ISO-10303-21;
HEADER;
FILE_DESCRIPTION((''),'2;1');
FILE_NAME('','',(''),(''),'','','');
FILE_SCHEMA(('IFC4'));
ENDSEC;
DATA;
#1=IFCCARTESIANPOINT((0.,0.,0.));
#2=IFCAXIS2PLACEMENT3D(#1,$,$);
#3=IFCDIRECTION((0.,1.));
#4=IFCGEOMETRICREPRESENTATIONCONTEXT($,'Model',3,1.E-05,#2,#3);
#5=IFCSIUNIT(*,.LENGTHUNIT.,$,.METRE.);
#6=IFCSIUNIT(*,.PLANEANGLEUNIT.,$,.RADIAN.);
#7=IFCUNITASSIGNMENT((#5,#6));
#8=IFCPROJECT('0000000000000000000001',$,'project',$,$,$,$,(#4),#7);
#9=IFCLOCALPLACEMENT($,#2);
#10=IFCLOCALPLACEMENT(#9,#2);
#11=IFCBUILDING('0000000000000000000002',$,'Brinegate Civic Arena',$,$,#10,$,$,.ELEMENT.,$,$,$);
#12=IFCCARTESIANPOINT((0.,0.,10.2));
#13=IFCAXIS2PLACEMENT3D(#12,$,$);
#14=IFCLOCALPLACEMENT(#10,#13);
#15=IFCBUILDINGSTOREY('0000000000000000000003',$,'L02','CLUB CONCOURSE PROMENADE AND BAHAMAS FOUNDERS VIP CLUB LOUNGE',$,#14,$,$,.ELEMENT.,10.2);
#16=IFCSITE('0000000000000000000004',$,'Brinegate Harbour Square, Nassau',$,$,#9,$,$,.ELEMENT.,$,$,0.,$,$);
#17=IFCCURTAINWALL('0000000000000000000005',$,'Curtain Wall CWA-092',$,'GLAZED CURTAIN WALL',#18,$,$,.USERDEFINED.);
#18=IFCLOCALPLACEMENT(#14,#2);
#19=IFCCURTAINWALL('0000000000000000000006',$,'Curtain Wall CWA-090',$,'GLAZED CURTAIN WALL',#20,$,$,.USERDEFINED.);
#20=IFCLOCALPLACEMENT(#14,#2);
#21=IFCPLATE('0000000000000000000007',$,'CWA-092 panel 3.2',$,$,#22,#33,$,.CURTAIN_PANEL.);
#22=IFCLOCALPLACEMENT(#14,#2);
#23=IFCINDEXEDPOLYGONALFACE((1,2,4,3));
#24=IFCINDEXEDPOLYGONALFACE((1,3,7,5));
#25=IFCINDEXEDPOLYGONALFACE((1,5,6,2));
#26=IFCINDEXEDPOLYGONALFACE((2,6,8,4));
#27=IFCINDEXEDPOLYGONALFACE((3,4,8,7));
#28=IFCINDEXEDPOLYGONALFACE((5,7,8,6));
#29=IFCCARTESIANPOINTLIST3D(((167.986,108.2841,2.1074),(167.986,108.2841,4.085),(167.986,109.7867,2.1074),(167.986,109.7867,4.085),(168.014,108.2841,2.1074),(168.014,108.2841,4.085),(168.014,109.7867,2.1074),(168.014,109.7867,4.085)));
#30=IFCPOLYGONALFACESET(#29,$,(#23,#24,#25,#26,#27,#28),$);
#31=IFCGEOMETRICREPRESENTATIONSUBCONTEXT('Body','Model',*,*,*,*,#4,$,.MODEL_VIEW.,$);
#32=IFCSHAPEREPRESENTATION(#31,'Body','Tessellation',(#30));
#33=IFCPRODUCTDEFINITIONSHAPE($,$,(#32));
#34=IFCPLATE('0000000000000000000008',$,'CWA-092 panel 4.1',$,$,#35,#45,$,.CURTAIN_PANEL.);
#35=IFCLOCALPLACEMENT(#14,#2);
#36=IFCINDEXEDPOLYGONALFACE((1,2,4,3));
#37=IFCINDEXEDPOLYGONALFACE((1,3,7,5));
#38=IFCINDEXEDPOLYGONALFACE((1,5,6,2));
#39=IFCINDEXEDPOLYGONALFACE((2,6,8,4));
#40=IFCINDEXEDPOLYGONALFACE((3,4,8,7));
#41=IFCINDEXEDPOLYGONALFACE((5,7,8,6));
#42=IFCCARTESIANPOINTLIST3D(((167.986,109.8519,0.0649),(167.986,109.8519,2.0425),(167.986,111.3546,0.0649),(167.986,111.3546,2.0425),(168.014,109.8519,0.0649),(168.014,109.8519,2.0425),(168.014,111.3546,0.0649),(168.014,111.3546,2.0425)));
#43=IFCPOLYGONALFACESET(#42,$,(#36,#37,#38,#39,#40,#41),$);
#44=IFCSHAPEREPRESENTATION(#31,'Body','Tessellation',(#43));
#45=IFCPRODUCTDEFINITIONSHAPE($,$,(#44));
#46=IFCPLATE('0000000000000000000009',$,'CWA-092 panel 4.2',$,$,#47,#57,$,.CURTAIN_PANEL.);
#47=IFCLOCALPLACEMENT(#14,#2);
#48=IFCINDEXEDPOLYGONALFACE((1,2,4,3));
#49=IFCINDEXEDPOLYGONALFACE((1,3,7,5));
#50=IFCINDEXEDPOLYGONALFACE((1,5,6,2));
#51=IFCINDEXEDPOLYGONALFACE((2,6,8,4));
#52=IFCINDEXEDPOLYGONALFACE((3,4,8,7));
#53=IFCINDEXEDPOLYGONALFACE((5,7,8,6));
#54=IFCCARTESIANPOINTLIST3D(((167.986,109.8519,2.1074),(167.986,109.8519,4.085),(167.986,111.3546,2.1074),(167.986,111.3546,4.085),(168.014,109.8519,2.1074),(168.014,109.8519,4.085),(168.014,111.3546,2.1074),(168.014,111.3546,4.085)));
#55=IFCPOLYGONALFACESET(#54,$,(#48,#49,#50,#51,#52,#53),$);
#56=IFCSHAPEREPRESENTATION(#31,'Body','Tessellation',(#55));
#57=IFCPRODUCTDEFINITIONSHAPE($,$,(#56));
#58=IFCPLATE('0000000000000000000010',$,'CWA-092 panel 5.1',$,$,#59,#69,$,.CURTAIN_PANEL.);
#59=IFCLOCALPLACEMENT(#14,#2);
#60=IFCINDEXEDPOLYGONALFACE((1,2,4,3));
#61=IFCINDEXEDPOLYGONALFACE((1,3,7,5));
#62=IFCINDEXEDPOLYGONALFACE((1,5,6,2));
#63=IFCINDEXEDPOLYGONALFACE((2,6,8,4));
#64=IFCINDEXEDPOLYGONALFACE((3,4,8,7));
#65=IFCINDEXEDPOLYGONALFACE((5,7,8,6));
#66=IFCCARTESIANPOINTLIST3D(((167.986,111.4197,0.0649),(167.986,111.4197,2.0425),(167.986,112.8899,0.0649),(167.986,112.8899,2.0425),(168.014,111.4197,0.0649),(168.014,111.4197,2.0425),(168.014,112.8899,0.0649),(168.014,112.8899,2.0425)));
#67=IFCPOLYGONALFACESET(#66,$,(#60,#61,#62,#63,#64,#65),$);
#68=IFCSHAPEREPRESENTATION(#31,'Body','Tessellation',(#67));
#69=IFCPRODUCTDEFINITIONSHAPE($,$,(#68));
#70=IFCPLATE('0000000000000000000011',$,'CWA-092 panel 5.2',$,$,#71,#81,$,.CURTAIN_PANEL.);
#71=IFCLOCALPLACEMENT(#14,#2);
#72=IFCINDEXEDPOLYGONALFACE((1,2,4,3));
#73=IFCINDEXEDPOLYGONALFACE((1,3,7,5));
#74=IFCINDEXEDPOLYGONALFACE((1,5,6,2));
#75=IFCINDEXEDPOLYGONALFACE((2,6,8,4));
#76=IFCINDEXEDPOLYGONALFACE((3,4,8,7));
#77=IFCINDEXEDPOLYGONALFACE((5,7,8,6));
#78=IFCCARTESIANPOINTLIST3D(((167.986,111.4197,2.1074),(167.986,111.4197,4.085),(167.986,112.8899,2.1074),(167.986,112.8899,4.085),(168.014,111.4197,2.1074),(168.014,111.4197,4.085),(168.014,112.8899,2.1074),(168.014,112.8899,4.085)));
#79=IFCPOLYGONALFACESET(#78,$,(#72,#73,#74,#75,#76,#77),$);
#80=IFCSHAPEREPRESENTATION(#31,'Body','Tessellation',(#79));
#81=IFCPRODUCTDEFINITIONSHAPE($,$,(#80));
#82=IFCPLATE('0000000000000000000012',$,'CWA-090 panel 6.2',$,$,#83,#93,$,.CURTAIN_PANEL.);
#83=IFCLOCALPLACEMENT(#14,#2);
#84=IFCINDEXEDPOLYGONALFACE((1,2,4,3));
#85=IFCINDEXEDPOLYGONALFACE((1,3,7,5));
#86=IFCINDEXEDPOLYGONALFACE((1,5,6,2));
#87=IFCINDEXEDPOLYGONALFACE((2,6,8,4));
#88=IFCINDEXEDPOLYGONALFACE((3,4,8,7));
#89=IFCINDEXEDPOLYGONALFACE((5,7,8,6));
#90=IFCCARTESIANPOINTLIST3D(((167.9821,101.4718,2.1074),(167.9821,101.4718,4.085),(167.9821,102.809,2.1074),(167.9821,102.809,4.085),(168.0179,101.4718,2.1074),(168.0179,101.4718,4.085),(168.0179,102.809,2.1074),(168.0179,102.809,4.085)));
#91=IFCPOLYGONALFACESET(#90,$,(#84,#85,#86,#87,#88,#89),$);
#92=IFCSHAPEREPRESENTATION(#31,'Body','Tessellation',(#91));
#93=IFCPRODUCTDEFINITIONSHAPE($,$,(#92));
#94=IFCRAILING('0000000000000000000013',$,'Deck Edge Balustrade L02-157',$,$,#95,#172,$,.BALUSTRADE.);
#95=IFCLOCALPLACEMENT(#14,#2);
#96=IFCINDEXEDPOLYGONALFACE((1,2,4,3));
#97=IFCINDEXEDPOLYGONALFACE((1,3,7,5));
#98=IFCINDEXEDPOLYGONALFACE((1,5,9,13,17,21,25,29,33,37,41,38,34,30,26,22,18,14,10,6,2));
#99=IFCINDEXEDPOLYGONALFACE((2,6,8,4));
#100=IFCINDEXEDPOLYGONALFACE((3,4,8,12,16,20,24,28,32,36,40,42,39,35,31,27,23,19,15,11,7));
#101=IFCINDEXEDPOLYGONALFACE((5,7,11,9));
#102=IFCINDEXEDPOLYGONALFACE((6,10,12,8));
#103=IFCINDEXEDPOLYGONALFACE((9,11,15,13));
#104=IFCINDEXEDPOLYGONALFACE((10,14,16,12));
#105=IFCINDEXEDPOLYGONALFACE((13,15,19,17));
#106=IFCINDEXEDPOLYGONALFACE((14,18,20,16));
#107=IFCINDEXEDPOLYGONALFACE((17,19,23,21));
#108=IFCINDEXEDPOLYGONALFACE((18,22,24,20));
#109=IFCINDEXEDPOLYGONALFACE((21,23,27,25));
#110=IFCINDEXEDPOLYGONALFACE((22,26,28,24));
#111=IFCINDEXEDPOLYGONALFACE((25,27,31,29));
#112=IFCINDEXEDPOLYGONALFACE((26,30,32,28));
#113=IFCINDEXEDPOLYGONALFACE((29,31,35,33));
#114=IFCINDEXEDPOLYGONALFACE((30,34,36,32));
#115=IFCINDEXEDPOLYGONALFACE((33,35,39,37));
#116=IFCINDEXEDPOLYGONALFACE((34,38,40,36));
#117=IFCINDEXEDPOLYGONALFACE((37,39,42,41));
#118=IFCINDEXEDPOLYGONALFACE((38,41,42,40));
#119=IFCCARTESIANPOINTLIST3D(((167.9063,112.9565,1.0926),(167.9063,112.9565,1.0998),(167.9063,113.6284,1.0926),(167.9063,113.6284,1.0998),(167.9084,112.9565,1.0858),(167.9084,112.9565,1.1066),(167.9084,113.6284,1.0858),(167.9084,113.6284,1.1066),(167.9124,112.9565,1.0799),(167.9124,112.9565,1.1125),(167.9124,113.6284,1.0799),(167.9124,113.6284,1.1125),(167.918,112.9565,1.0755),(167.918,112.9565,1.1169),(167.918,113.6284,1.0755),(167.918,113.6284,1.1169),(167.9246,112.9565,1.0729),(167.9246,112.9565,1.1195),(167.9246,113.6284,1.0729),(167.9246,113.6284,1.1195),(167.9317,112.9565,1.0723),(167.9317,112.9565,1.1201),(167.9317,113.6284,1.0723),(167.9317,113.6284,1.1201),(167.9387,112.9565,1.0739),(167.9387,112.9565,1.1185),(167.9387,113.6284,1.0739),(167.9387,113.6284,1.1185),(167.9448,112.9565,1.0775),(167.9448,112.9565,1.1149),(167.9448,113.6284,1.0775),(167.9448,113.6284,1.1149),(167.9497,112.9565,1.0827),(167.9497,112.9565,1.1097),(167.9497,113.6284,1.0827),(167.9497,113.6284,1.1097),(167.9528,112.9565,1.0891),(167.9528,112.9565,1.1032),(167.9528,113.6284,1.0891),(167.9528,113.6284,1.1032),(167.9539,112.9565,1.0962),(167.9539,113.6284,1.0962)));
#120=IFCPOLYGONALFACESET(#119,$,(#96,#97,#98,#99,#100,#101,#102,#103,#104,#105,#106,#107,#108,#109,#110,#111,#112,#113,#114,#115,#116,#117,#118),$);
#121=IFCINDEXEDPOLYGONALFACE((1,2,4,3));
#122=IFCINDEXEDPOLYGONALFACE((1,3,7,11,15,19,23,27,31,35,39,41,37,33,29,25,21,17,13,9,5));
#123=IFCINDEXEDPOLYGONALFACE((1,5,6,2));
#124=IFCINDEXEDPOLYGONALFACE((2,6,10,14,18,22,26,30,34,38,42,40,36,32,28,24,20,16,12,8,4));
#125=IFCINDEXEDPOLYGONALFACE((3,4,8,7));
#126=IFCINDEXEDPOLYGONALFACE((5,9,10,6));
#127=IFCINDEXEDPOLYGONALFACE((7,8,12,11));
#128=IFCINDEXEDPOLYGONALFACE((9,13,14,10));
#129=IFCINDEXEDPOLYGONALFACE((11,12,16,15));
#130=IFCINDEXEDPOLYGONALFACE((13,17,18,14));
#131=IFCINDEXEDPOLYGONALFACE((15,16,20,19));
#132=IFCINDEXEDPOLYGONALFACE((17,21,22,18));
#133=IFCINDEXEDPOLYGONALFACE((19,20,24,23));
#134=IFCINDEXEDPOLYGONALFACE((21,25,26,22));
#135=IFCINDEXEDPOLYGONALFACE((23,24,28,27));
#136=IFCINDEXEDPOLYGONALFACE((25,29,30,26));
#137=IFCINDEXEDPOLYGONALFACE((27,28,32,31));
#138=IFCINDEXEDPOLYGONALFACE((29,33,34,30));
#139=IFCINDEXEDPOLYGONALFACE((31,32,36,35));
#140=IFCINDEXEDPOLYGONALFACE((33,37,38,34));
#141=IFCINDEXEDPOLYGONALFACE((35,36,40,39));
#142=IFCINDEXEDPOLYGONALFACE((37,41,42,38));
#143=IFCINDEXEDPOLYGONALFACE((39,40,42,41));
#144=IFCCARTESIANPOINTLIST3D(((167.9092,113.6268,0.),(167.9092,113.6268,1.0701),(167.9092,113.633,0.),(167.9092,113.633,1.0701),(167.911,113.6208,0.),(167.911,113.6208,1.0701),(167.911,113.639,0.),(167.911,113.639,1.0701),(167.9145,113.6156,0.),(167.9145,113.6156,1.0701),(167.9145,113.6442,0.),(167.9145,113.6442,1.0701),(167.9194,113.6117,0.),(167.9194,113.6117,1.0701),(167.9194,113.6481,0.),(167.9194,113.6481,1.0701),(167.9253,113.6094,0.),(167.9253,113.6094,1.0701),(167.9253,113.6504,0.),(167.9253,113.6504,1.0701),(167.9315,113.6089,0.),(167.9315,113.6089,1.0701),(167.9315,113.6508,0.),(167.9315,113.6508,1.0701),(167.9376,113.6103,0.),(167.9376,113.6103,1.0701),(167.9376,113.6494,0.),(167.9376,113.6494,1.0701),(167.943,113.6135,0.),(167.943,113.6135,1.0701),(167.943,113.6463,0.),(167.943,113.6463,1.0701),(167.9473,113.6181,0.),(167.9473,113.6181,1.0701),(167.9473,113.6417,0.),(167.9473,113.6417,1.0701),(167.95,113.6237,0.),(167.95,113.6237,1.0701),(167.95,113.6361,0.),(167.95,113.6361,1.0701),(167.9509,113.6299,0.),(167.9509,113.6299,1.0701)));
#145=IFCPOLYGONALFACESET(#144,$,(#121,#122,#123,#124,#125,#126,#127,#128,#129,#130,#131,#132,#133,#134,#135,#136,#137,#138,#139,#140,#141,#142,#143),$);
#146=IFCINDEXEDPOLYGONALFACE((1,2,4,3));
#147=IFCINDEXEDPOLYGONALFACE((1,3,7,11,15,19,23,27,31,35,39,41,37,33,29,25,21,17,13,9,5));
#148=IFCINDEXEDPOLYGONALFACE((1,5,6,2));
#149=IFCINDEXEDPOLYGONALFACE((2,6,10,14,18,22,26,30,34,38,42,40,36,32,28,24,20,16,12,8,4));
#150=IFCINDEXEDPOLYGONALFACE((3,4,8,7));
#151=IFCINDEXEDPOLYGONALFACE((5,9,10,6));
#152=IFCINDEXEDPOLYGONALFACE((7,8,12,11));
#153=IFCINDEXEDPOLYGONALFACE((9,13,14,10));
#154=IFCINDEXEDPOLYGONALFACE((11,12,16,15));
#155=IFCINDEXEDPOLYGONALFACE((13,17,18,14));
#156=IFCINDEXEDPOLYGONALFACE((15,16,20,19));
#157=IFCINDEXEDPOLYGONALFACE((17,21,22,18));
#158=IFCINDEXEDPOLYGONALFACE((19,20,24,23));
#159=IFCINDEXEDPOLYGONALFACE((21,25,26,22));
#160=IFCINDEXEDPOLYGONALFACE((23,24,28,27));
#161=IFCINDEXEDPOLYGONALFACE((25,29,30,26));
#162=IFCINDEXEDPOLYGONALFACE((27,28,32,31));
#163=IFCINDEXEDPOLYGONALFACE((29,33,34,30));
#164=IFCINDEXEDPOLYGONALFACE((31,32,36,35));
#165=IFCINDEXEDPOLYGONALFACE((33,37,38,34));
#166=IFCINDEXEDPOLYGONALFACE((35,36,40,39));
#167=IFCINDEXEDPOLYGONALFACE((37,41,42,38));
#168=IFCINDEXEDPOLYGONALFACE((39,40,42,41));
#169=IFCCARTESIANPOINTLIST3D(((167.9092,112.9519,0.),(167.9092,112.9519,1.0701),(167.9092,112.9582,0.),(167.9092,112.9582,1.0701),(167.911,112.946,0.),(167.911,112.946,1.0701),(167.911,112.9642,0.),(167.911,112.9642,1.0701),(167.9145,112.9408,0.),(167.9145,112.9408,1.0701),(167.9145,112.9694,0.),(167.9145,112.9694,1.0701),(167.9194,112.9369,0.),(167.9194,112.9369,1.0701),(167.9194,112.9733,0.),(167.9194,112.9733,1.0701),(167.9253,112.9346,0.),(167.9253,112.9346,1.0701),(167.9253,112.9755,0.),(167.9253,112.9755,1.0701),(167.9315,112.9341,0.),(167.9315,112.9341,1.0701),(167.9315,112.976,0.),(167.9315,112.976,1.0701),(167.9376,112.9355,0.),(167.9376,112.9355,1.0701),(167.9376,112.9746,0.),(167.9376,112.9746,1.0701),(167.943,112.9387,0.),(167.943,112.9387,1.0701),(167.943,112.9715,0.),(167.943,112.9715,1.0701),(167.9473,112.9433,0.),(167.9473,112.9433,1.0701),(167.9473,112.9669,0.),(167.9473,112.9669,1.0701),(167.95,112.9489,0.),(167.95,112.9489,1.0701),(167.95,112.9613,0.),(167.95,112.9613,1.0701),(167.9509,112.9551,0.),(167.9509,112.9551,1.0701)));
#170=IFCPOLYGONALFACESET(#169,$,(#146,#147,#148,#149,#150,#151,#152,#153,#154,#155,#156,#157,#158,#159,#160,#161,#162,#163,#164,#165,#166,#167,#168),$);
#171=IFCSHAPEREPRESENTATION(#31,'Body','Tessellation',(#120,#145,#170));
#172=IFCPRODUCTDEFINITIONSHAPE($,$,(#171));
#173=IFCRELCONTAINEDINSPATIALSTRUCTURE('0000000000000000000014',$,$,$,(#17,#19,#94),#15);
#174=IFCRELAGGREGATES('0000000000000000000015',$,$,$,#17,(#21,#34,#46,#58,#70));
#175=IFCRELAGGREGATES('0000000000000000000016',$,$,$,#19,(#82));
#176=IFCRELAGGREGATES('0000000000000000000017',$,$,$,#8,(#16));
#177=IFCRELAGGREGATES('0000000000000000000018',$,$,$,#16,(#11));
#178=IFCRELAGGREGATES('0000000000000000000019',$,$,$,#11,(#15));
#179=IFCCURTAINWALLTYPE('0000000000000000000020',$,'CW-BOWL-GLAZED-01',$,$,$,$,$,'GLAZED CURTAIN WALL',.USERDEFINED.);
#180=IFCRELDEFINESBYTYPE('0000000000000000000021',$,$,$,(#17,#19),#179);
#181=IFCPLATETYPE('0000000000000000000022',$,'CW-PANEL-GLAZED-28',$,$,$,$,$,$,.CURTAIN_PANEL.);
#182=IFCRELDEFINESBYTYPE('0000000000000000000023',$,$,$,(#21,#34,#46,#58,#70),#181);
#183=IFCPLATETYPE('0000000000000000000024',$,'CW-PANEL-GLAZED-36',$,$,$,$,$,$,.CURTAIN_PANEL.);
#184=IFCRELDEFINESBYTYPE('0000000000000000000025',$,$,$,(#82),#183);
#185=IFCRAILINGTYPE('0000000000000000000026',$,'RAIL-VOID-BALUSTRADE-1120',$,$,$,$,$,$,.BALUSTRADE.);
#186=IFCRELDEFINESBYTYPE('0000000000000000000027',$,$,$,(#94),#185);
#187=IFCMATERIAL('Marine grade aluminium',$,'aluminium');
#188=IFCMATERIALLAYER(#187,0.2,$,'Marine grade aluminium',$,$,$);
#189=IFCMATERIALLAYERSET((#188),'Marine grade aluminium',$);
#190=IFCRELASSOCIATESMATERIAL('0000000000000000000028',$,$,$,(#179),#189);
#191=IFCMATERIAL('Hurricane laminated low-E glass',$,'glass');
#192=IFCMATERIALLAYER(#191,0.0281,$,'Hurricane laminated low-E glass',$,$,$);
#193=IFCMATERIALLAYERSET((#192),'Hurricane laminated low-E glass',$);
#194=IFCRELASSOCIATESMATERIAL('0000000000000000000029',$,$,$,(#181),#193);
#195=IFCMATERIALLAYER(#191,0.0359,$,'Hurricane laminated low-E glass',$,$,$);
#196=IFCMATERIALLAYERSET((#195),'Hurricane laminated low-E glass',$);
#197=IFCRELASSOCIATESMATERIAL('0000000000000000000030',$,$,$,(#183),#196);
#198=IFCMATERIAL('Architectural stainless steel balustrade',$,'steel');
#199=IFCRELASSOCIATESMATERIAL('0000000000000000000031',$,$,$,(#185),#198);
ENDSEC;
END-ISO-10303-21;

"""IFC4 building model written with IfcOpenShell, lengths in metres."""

from ifc_helpers import new_model, si_unit, direction, frame, origin, origin_2d, place, context, subcontext, project, spatial, rectangle, circle, extrude, material, layer, layer_set, type_object, element, aggregate, save


model = new_model("IFC4")

# Units and contexts
model_context = context("Model", 3, precision=1e-05, world=origin(), true_north=direction((0.0, 1.0)))
body_context = subcontext(model_context, "Body", "Model", "MODEL_VIEW")
ifc_project = project(units=[si_unit("LENGTHUNIT", "METRE"), si_unit("PLANEANGLEUNIT", "RADIAN")], contexts=[model_context])

# Site, building, storey
site_placement = place(None, origin())
site = spatial("IfcSite", under=ifc_project, at=site_placement, Name="Brinegate Harbour Square, Nassau", CompositionType="ELEMENT", RefElevation=0.0)
building_placement = place(site_placement, origin())
building = spatial("IfcBuilding", under=site, at=building_placement, Name="Brinegate Civic Arena", CompositionType="ELEMENT")
storey_placement = place(building_placement, frame((0.0, 0.0, 10.2)))
storey = spatial("IfcBuildingStorey", under=building, at=storey_placement, Name="L02", Description="CLUB CONCOURSE PROMENADE AND BAHAMAS FOUNDERS VIP CLUB LOUNGE", CompositionType="ELEMENT", Elevation=10.2)

# Curtain wall
ifc_material_1 = material(Name="Marine grade aluminium", Category="aluminium")
ifc_layer_1 = layer(ifc_material_1, 0.2, Name="Marine grade aluminium")
ifc_layer_set_1 = layer_set([ifc_layer_1], Name="Marine grade aluminium")
curtain_wall_type = type_object("IfcCurtainWallType", Name="CW-BOWL-GLAZED-01", ElementType="GLAZED CURTAIN WALL", PredefinedType="USERDEFINED", material=ifc_layer_set_1)
curtain_wall_1_placement = place(storey_placement, origin())
curtain_wall_1 = element("IfcCurtainWall", 1, at=curtain_wall_1_placement, inside=storey, type_object=curtain_wall_type, Name="Curtain Wall CWA-092", ObjectType="GLAZED CURTAIN WALL", PredefinedType="USERDEFINED")

# Curtain wall
curtain_wall_2_placement = place(storey_placement, origin())
curtain_wall_2 = element("IfcCurtainWall", 2, at=curtain_wall_2_placement, inside=storey, type_object=curtain_wall_type, Name="Curtain Wall CWA-090", ObjectType="GLAZED CURTAIN WALL", PredefinedType="USERDEFINED")

# Plates
ifc_material_2 = material(Name="Hurricane laminated low-E glass", Category="glass")
ifc_layer_2 = layer(ifc_material_2, 0.0281, Name="Hurricane laminated low-E glass")
ifc_layer_set_2 = layer_set([ifc_layer_2], Name="Hurricane laminated low-E glass")
plate_type_1 = type_object("IfcPlateType", Name="CW-PANEL-GLAZED-28", PredefinedType="CURTAIN_PANEL", material=ifc_layer_set_2)
plate_1_placement = place(storey_placement, frame((168.0, 109.0354, 2.1074), z_axis=(0.0, 0.0, 1.0), x_axis=(0.0, 1.0, 0.0)))
plate_1 = element("IfcPlate", 3, at=plate_1_placement, type_object=plate_type_1, Name="CWA-092 panel 3.2", PredefinedType="CURTAIN_PANEL", context=body_context, shape_type="SweptSolid", body=[
    extrude(rectangle(XDim=1.5027, YDim=0.0281, at=origin_2d()), origin(), (0.0, 0.0, 1.0), 1.9775),
])
plate_2_placement = place(storey_placement, frame((168.0, 110.6033, 0.0649), z_axis=(0.0, 0.0, 1.0), x_axis=(0.0, 1.0, 0.0)))
plate_2 = element("IfcPlate", 4, at=plate_2_placement, type_object=plate_type_1, Name="CWA-092 panel 4.1", PredefinedType="CURTAIN_PANEL", context=body_context, shape_type="SweptSolid", body=[
    extrude(rectangle(XDim=1.5027, YDim=0.0281, at=origin_2d()), origin(), (0.0, 0.0, 1.0), 1.9775),
])
plate_3_placement = place(storey_placement, frame((168.0, 110.6033, 2.1074), z_axis=(0.0, 0.0, 1.0), x_axis=(0.0, 1.0, 0.0)))
plate_3 = element("IfcPlate", 5, at=plate_3_placement, type_object=plate_type_1, Name="CWA-092 panel 4.2", PredefinedType="CURTAIN_PANEL", context=body_context, shape_type="SweptSolid", body=[
    extrude(rectangle(XDim=1.5027, YDim=0.0281, at=origin_2d()), origin(), (0.0, 0.0, 1.0), 1.9775),
])
plate_4_placement = place(storey_placement, frame((168.0, 112.1548, 0.0649), z_axis=(0.0, 0.0, 1.0), x_axis=(0.0, 1.0, 0.0)))
plate_4 = element("IfcPlate", 6, at=plate_4_placement, type_object=plate_type_1, Name="CWA-092 panel 5.1", PredefinedType="CURTAIN_PANEL", context=body_context, shape_type="SweptSolid", body=[
    extrude(rectangle(XDim=1.4702, YDim=0.0281, at=origin_2d()), origin(), (0.0, 0.0, 1.0), 1.9775),
])
plate_5_placement = place(storey_placement, frame((168.0, 112.1548, 2.1074), z_axis=(0.0, 0.0, 1.0), x_axis=(0.0, 1.0, 0.0)))
plate_5 = element("IfcPlate", 7, at=plate_5_placement, type_object=plate_type_1, Name="CWA-092 panel 5.2", PredefinedType="CURTAIN_PANEL", context=body_context, shape_type="SweptSolid", body=[
    extrude(rectangle(XDim=1.4702, YDim=0.0281, at=origin_2d()), origin(), (0.0, 0.0, 1.0), 1.9775),
])
aggregate(curtain_wall_1, [plate_1, plate_2, plate_3, plate_4, plate_5])
ifc_layer_3 = layer(ifc_material_2, 0.0359, Name="Hurricane laminated low-E glass")
ifc_layer_set_3 = layer_set([ifc_layer_3], Name="Hurricane laminated low-E glass")
plate_type_2 = type_object("IfcPlateType", Name="CW-PANEL-GLAZED-36", PredefinedType="CURTAIN_PANEL", material=ifc_layer_set_3)
plate_6_placement = place(storey_placement, frame((168.0, 102.1404, 2.1074), z_axis=(0.0, 0.0, 1.0), x_axis=(0.0, 1.0, 0.0)))
plate_6 = element("IfcPlate", 8, at=plate_6_placement, type_object=plate_type_2, Name="CWA-090 panel 6.2", PredefinedType="CURTAIN_PANEL", context=body_context, shape_type="SweptSolid", body=[
    extrude(rectangle(XDim=1.3372, YDim=0.0359, at=origin_2d()), origin(), (0.0, 0.0, 1.0), 1.9775),
])
aggregate(curtain_wall_2, [plate_6])

# Railing
ifc_material_3 = material(Name="Architectural stainless steel balustrade", Category="steel")
railing_type = type_object("IfcRailingType", Name="RAIL-VOID-BALUSTRADE-1120", PredefinedType="BALUSTRADE", material=ifc_material_3)
railing_1_placement = place(storey_placement, frame((167.9299, 113.6299, 0.0)))
element("IfcRailing", 9, at=railing_1_placement, inside=storey, type_object=railing_type, Name="Deck Edge Balustrade L02-157", PredefinedType="BALUSTRADE", context=body_context, shape_type="SweptSolid", body=[
    extrude(circle(Radius=0.0239, at=origin_2d()), frame((0.0, -0.0015, 1.0962), z_axis=(0.0, -1.0, 0.0), x_axis=(1.0, 0.0, 0.0)), (0.0, 0.0, 1.0), 0.6719),
    extrude(circle(Radius=0.021, at=origin_2d()), origin(), (0.0, 0.0, 1.0), 1.0701),
    extrude(circle(Radius=0.021, at=origin_2d()), frame((0.0, -0.6748, 0.0)), (0.0, 0.0, 1.0), 1.0701),
])

save(model, "model.ifc")
